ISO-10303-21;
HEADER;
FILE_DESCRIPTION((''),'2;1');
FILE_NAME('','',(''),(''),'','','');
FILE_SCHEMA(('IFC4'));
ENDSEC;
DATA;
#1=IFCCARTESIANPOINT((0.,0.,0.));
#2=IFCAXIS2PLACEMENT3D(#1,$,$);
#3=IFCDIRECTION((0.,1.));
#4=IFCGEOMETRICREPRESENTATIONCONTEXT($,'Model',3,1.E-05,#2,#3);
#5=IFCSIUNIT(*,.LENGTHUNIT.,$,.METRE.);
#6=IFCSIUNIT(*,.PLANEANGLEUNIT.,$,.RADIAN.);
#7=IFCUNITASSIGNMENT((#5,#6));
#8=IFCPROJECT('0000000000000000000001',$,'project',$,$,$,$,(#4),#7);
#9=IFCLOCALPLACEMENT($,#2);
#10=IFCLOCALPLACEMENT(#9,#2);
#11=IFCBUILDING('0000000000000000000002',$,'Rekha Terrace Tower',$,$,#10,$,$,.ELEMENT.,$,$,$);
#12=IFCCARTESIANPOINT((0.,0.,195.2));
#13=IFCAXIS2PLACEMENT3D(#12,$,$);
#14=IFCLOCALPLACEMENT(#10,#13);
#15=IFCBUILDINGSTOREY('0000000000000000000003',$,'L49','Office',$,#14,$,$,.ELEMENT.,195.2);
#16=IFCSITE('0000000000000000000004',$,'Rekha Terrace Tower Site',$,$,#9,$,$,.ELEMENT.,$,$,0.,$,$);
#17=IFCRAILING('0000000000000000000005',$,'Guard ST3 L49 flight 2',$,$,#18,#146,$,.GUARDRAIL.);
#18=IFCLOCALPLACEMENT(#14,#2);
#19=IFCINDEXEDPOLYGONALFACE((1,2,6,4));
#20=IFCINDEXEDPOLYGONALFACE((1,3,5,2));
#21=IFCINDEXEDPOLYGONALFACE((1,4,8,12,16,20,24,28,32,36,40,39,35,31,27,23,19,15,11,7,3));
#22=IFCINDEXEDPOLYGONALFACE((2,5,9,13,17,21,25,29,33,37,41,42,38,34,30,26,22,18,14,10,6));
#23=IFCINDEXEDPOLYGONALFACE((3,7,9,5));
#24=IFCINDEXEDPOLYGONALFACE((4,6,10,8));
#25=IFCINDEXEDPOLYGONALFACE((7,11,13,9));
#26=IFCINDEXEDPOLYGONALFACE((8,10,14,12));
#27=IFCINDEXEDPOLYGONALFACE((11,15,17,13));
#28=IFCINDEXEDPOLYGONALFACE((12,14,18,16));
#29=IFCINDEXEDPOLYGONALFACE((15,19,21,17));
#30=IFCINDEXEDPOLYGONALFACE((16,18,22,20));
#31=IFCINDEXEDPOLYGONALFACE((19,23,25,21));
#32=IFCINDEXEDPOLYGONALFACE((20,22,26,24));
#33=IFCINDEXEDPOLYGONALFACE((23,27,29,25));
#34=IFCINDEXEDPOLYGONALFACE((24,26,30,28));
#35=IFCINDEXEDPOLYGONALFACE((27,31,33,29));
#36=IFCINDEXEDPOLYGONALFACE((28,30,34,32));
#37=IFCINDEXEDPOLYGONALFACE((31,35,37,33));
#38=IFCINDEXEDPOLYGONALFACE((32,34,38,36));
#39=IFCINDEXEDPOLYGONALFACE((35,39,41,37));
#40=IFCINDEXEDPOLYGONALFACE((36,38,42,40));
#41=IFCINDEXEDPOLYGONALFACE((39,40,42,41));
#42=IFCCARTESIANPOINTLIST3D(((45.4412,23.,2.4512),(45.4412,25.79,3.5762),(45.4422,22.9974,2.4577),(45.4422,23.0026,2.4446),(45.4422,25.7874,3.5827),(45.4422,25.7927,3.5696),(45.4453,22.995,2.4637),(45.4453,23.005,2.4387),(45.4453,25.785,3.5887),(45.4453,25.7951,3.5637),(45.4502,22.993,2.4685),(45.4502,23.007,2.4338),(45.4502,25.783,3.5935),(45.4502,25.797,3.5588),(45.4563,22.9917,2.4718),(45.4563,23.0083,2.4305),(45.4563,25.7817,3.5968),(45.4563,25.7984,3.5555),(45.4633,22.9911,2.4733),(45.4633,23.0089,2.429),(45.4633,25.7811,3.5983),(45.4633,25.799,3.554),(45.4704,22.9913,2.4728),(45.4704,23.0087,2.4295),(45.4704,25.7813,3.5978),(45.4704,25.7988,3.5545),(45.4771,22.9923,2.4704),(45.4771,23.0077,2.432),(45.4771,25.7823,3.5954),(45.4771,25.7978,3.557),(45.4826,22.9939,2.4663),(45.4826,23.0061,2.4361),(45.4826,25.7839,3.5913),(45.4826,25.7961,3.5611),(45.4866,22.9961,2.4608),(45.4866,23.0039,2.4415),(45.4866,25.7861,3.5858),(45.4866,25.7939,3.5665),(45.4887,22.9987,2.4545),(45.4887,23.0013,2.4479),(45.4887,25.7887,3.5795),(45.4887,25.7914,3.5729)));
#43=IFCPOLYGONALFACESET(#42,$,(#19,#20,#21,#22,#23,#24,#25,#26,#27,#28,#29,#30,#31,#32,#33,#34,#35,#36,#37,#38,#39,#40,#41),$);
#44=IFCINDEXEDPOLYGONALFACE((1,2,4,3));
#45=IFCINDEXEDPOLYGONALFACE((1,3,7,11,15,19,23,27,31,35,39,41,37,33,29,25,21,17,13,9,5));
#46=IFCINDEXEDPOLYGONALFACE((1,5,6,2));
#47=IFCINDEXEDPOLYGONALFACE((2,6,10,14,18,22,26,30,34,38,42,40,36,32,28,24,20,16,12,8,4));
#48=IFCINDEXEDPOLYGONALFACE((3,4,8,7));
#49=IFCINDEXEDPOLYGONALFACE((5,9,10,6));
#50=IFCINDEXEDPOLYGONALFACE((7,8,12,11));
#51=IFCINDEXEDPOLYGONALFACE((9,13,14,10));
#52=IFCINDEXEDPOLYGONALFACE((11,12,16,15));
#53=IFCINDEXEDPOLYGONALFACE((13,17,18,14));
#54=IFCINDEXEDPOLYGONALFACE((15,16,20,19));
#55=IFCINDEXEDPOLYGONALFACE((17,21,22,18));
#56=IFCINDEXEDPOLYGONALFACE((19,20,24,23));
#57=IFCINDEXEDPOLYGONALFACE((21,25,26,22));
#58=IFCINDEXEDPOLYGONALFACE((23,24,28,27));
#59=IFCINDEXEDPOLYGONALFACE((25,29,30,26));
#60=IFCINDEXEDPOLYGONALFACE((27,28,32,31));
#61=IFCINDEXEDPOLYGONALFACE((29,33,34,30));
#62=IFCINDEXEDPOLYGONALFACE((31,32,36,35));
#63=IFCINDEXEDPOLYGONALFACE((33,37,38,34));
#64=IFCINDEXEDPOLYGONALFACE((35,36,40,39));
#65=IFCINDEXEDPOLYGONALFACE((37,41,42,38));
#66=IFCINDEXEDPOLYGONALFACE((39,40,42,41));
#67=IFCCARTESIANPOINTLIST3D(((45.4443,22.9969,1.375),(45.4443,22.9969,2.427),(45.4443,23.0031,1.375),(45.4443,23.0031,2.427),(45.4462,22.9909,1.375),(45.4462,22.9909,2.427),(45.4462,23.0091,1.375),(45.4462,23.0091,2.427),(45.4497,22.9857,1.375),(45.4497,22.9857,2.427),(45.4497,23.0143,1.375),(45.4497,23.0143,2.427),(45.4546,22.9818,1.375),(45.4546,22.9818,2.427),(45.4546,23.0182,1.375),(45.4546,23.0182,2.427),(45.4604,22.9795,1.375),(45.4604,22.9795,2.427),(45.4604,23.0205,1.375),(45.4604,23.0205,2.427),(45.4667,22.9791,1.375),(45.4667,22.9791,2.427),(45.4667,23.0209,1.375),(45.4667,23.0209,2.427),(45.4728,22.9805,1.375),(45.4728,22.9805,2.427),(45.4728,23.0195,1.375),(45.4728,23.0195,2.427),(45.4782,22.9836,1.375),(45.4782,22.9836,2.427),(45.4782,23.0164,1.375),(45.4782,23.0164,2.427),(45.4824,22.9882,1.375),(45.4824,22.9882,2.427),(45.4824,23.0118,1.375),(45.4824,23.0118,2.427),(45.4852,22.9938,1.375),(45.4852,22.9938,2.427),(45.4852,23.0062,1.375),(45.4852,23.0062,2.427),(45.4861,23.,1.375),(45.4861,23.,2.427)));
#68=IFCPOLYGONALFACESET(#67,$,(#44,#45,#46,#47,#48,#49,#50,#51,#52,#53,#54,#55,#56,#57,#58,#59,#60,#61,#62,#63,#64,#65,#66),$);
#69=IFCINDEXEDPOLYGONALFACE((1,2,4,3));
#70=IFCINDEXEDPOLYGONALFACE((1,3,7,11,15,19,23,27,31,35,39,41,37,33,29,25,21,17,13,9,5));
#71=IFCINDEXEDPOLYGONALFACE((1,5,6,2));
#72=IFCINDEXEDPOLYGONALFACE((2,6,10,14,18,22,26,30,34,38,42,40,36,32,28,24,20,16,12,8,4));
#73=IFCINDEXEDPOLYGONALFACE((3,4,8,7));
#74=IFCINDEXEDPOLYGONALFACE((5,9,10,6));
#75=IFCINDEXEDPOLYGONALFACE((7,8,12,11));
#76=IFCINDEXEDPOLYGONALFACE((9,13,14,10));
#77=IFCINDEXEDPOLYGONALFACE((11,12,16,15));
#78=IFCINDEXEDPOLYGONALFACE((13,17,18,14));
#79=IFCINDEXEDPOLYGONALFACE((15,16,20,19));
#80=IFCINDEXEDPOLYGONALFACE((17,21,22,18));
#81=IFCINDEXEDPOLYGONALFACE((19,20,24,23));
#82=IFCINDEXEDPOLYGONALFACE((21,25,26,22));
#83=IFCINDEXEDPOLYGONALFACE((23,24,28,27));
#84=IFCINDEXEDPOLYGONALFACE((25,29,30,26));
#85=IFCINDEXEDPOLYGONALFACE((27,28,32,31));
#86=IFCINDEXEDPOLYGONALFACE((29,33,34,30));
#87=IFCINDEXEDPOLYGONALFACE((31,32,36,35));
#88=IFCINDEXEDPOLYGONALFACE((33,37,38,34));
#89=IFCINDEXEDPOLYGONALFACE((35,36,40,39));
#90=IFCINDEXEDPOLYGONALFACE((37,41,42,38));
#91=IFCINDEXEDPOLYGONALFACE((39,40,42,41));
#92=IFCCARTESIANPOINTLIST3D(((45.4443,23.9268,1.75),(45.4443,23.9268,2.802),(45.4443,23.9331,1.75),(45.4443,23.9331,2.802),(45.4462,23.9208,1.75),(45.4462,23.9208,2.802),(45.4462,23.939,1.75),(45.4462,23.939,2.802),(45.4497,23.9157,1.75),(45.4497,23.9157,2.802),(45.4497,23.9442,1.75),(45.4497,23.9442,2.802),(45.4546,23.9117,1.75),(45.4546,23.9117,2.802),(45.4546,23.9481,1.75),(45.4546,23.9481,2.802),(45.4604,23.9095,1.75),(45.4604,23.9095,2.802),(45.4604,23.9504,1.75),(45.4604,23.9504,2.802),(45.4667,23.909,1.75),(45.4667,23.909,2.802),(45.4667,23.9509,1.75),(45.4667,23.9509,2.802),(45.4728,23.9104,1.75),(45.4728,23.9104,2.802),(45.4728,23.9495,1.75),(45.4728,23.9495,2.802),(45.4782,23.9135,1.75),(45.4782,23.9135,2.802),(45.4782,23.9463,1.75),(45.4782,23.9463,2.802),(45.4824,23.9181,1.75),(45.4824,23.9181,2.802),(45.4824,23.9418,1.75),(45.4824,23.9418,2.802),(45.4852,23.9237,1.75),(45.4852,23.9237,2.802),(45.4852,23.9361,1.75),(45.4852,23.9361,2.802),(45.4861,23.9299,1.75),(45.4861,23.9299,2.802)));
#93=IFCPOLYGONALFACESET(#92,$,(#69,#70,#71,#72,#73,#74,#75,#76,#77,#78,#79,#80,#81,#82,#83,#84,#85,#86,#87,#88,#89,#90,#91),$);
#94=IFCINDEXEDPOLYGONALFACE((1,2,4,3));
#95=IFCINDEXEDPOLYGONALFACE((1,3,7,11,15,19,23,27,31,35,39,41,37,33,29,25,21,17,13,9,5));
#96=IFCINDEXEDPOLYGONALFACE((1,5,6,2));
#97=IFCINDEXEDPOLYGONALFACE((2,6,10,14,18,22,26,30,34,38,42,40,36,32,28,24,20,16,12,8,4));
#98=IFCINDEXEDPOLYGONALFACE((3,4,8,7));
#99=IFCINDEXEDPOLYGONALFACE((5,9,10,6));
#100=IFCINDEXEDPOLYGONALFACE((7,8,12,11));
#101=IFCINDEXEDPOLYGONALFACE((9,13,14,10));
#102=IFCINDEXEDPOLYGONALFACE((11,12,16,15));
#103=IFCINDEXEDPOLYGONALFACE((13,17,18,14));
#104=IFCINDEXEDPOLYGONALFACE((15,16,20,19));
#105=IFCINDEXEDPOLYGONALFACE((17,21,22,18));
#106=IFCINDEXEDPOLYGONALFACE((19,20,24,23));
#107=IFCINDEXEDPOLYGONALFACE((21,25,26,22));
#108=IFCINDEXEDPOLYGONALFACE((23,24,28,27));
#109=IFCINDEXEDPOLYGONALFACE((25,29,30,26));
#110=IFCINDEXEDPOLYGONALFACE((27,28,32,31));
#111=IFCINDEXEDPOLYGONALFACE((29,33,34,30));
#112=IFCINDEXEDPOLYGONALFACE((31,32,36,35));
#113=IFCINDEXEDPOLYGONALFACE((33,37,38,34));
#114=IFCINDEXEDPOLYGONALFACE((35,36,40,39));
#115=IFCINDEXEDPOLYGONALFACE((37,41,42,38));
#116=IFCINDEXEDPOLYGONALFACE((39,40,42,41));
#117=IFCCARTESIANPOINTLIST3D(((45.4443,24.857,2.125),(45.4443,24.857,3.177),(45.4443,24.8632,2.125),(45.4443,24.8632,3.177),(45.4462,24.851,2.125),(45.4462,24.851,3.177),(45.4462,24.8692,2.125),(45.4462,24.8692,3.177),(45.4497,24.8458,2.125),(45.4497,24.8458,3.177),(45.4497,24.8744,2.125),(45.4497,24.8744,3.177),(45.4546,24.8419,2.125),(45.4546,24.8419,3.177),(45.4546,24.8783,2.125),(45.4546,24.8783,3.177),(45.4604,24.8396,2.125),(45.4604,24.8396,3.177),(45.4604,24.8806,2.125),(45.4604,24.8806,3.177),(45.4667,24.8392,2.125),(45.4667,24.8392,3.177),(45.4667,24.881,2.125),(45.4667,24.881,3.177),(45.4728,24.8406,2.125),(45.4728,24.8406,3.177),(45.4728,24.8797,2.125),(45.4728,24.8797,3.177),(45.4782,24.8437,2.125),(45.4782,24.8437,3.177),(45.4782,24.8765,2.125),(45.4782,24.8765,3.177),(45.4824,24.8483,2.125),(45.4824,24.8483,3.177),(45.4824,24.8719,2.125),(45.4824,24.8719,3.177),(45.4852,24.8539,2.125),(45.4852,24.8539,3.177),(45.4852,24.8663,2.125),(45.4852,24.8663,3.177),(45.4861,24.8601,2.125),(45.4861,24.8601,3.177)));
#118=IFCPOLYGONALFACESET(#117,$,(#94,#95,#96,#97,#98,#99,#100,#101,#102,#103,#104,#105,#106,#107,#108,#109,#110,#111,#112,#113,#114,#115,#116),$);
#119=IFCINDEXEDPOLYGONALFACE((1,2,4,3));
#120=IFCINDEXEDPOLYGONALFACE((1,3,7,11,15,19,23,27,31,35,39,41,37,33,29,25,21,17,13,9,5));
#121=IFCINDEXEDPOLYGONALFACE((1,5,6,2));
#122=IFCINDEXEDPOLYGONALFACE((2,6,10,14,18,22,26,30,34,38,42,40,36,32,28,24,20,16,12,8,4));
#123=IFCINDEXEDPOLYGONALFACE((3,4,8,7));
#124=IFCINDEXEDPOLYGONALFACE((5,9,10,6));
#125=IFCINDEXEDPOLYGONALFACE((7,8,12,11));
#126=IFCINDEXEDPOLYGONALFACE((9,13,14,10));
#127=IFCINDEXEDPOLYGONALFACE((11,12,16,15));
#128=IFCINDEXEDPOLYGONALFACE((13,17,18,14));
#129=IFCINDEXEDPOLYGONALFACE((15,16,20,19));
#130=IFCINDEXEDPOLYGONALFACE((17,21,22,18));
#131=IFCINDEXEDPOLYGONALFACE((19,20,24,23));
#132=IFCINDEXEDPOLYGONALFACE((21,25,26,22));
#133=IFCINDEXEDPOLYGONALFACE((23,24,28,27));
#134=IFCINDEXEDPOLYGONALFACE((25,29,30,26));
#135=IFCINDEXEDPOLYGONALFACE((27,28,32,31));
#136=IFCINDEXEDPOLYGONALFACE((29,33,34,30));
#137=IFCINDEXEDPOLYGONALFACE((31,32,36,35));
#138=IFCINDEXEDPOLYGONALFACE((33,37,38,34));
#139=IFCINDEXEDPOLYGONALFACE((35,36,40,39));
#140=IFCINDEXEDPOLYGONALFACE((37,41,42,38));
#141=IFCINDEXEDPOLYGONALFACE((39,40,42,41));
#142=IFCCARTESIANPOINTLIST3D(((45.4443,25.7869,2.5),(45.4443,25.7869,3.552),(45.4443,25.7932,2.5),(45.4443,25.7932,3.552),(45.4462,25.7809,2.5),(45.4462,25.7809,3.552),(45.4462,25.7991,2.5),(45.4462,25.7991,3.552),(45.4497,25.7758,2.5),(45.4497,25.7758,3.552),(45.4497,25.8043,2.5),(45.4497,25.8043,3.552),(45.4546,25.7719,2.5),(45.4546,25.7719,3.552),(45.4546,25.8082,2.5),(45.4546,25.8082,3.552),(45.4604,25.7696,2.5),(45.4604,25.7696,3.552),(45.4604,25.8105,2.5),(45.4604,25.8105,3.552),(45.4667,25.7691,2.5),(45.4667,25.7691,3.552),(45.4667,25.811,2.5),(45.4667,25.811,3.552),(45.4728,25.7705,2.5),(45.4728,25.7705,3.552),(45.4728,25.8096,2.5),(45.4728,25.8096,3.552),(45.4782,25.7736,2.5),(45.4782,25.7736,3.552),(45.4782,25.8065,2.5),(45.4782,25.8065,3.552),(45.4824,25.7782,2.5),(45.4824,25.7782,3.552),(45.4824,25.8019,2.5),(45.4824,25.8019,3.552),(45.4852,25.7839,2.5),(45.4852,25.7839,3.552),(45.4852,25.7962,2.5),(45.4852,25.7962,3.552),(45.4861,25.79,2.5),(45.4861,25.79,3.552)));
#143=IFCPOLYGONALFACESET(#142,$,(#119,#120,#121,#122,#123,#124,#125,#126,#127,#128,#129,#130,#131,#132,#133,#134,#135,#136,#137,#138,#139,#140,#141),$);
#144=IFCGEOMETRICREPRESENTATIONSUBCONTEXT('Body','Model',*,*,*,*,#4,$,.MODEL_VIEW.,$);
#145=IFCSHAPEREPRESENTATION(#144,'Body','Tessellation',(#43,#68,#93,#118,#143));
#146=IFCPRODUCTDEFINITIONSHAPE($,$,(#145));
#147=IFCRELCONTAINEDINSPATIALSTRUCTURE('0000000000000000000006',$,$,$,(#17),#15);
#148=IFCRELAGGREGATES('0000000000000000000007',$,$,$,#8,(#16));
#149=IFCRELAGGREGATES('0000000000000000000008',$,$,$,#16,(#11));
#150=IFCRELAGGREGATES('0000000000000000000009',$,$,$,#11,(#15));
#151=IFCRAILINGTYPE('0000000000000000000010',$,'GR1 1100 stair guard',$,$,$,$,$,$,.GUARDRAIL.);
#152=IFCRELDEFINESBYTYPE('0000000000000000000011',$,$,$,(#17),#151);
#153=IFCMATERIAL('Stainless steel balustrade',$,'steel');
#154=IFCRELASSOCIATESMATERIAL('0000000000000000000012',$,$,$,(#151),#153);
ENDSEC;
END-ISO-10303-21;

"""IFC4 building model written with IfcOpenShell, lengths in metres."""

from ifc_helpers import new_model, si_unit, direction, frame, origin, origin_2d, place, context, subcontext, project, spatial, circle, extrude, material, type_object, element, save


model = new_model("IFC4")

# Units and contexts
model_context = context("Model", 3, precision=1e-05, world=origin(), true_north=direction((0.0, 1.0)))
body_context = subcontext(model_context, "Body", "Model", "MODEL_VIEW")
ifc_project = project(units=[si_unit("LENGTHUNIT", "METRE"), si_unit("PLANEANGLEUNIT", "RADIAN")], contexts=[model_context])

# Site, building, storey
site_placement = place(None, origin())
site = spatial("IfcSite", under=ifc_project, at=site_placement, Name="Rekha Terrace Tower Site", CompositionType="ELEMENT", RefElevation=0.0)
building_placement = place(site_placement, origin())
building = spatial("IfcBuilding", under=site, at=building_placement, Name="Rekha Terrace Tower", CompositionType="ELEMENT")
storey_placement = place(building_placement, frame((0.0, 0.0, 195.2)))
storey = spatial("IfcBuildingStorey", under=building, at=storey_placement, Name="L49", Description="Office", CompositionType="ELEMENT", Elevation=195.2)

# Railing
ifc_material_1 = material(Name="Stainless steel balustrade", Category="steel")
railing_type_1 = type_object("IfcRailingType", Name="GR1 1100 stair guard", PredefinedType="GUARDRAIL", material=ifc_material_1)
railing_1_placement = place(storey_placement, frame((45.4651, 23.0, 1.375)))
element("IfcRailing", 1, at=railing_1_placement, inside=storey, type_object=railing_type_1, Name="Guard ST3 L49 flight 2", PredefinedType="GUARDRAIL", context=body_context, shape_type="SweptSolid", body=[
    extrude(circle(Radius=0.0239, at=origin_2d()), frame((0.0, 0.0, 1.0762), z_axis=(0.0, 0.927443, 0.373964), x_axis=(-1.0, 0.0, 0.0)), (0.0, 0.0, 1.0), 3.0083),
    extrude(circle(Radius=0.021, at=origin_2d()), origin(), (0.0, 0.0, 1.0), 1.052),
    extrude(circle(Radius=0.021, at=origin_2d()), frame((0.0, 0.9299, 0.375)), (0.0, 0.0, 1.0), 1.052),
    extrude(circle(Radius=0.021, at=origin_2d()), frame((0.0, 1.8601, 0.75)), (0.0, 0.0, 1.0), 1.052),
    extrude(circle(Radius=0.021, at=origin_2d()), frame((0.0, 2.79, 1.125)), (0.0, 0.0, 1.0), 1.052),
])

save(model, "model.ifc")
